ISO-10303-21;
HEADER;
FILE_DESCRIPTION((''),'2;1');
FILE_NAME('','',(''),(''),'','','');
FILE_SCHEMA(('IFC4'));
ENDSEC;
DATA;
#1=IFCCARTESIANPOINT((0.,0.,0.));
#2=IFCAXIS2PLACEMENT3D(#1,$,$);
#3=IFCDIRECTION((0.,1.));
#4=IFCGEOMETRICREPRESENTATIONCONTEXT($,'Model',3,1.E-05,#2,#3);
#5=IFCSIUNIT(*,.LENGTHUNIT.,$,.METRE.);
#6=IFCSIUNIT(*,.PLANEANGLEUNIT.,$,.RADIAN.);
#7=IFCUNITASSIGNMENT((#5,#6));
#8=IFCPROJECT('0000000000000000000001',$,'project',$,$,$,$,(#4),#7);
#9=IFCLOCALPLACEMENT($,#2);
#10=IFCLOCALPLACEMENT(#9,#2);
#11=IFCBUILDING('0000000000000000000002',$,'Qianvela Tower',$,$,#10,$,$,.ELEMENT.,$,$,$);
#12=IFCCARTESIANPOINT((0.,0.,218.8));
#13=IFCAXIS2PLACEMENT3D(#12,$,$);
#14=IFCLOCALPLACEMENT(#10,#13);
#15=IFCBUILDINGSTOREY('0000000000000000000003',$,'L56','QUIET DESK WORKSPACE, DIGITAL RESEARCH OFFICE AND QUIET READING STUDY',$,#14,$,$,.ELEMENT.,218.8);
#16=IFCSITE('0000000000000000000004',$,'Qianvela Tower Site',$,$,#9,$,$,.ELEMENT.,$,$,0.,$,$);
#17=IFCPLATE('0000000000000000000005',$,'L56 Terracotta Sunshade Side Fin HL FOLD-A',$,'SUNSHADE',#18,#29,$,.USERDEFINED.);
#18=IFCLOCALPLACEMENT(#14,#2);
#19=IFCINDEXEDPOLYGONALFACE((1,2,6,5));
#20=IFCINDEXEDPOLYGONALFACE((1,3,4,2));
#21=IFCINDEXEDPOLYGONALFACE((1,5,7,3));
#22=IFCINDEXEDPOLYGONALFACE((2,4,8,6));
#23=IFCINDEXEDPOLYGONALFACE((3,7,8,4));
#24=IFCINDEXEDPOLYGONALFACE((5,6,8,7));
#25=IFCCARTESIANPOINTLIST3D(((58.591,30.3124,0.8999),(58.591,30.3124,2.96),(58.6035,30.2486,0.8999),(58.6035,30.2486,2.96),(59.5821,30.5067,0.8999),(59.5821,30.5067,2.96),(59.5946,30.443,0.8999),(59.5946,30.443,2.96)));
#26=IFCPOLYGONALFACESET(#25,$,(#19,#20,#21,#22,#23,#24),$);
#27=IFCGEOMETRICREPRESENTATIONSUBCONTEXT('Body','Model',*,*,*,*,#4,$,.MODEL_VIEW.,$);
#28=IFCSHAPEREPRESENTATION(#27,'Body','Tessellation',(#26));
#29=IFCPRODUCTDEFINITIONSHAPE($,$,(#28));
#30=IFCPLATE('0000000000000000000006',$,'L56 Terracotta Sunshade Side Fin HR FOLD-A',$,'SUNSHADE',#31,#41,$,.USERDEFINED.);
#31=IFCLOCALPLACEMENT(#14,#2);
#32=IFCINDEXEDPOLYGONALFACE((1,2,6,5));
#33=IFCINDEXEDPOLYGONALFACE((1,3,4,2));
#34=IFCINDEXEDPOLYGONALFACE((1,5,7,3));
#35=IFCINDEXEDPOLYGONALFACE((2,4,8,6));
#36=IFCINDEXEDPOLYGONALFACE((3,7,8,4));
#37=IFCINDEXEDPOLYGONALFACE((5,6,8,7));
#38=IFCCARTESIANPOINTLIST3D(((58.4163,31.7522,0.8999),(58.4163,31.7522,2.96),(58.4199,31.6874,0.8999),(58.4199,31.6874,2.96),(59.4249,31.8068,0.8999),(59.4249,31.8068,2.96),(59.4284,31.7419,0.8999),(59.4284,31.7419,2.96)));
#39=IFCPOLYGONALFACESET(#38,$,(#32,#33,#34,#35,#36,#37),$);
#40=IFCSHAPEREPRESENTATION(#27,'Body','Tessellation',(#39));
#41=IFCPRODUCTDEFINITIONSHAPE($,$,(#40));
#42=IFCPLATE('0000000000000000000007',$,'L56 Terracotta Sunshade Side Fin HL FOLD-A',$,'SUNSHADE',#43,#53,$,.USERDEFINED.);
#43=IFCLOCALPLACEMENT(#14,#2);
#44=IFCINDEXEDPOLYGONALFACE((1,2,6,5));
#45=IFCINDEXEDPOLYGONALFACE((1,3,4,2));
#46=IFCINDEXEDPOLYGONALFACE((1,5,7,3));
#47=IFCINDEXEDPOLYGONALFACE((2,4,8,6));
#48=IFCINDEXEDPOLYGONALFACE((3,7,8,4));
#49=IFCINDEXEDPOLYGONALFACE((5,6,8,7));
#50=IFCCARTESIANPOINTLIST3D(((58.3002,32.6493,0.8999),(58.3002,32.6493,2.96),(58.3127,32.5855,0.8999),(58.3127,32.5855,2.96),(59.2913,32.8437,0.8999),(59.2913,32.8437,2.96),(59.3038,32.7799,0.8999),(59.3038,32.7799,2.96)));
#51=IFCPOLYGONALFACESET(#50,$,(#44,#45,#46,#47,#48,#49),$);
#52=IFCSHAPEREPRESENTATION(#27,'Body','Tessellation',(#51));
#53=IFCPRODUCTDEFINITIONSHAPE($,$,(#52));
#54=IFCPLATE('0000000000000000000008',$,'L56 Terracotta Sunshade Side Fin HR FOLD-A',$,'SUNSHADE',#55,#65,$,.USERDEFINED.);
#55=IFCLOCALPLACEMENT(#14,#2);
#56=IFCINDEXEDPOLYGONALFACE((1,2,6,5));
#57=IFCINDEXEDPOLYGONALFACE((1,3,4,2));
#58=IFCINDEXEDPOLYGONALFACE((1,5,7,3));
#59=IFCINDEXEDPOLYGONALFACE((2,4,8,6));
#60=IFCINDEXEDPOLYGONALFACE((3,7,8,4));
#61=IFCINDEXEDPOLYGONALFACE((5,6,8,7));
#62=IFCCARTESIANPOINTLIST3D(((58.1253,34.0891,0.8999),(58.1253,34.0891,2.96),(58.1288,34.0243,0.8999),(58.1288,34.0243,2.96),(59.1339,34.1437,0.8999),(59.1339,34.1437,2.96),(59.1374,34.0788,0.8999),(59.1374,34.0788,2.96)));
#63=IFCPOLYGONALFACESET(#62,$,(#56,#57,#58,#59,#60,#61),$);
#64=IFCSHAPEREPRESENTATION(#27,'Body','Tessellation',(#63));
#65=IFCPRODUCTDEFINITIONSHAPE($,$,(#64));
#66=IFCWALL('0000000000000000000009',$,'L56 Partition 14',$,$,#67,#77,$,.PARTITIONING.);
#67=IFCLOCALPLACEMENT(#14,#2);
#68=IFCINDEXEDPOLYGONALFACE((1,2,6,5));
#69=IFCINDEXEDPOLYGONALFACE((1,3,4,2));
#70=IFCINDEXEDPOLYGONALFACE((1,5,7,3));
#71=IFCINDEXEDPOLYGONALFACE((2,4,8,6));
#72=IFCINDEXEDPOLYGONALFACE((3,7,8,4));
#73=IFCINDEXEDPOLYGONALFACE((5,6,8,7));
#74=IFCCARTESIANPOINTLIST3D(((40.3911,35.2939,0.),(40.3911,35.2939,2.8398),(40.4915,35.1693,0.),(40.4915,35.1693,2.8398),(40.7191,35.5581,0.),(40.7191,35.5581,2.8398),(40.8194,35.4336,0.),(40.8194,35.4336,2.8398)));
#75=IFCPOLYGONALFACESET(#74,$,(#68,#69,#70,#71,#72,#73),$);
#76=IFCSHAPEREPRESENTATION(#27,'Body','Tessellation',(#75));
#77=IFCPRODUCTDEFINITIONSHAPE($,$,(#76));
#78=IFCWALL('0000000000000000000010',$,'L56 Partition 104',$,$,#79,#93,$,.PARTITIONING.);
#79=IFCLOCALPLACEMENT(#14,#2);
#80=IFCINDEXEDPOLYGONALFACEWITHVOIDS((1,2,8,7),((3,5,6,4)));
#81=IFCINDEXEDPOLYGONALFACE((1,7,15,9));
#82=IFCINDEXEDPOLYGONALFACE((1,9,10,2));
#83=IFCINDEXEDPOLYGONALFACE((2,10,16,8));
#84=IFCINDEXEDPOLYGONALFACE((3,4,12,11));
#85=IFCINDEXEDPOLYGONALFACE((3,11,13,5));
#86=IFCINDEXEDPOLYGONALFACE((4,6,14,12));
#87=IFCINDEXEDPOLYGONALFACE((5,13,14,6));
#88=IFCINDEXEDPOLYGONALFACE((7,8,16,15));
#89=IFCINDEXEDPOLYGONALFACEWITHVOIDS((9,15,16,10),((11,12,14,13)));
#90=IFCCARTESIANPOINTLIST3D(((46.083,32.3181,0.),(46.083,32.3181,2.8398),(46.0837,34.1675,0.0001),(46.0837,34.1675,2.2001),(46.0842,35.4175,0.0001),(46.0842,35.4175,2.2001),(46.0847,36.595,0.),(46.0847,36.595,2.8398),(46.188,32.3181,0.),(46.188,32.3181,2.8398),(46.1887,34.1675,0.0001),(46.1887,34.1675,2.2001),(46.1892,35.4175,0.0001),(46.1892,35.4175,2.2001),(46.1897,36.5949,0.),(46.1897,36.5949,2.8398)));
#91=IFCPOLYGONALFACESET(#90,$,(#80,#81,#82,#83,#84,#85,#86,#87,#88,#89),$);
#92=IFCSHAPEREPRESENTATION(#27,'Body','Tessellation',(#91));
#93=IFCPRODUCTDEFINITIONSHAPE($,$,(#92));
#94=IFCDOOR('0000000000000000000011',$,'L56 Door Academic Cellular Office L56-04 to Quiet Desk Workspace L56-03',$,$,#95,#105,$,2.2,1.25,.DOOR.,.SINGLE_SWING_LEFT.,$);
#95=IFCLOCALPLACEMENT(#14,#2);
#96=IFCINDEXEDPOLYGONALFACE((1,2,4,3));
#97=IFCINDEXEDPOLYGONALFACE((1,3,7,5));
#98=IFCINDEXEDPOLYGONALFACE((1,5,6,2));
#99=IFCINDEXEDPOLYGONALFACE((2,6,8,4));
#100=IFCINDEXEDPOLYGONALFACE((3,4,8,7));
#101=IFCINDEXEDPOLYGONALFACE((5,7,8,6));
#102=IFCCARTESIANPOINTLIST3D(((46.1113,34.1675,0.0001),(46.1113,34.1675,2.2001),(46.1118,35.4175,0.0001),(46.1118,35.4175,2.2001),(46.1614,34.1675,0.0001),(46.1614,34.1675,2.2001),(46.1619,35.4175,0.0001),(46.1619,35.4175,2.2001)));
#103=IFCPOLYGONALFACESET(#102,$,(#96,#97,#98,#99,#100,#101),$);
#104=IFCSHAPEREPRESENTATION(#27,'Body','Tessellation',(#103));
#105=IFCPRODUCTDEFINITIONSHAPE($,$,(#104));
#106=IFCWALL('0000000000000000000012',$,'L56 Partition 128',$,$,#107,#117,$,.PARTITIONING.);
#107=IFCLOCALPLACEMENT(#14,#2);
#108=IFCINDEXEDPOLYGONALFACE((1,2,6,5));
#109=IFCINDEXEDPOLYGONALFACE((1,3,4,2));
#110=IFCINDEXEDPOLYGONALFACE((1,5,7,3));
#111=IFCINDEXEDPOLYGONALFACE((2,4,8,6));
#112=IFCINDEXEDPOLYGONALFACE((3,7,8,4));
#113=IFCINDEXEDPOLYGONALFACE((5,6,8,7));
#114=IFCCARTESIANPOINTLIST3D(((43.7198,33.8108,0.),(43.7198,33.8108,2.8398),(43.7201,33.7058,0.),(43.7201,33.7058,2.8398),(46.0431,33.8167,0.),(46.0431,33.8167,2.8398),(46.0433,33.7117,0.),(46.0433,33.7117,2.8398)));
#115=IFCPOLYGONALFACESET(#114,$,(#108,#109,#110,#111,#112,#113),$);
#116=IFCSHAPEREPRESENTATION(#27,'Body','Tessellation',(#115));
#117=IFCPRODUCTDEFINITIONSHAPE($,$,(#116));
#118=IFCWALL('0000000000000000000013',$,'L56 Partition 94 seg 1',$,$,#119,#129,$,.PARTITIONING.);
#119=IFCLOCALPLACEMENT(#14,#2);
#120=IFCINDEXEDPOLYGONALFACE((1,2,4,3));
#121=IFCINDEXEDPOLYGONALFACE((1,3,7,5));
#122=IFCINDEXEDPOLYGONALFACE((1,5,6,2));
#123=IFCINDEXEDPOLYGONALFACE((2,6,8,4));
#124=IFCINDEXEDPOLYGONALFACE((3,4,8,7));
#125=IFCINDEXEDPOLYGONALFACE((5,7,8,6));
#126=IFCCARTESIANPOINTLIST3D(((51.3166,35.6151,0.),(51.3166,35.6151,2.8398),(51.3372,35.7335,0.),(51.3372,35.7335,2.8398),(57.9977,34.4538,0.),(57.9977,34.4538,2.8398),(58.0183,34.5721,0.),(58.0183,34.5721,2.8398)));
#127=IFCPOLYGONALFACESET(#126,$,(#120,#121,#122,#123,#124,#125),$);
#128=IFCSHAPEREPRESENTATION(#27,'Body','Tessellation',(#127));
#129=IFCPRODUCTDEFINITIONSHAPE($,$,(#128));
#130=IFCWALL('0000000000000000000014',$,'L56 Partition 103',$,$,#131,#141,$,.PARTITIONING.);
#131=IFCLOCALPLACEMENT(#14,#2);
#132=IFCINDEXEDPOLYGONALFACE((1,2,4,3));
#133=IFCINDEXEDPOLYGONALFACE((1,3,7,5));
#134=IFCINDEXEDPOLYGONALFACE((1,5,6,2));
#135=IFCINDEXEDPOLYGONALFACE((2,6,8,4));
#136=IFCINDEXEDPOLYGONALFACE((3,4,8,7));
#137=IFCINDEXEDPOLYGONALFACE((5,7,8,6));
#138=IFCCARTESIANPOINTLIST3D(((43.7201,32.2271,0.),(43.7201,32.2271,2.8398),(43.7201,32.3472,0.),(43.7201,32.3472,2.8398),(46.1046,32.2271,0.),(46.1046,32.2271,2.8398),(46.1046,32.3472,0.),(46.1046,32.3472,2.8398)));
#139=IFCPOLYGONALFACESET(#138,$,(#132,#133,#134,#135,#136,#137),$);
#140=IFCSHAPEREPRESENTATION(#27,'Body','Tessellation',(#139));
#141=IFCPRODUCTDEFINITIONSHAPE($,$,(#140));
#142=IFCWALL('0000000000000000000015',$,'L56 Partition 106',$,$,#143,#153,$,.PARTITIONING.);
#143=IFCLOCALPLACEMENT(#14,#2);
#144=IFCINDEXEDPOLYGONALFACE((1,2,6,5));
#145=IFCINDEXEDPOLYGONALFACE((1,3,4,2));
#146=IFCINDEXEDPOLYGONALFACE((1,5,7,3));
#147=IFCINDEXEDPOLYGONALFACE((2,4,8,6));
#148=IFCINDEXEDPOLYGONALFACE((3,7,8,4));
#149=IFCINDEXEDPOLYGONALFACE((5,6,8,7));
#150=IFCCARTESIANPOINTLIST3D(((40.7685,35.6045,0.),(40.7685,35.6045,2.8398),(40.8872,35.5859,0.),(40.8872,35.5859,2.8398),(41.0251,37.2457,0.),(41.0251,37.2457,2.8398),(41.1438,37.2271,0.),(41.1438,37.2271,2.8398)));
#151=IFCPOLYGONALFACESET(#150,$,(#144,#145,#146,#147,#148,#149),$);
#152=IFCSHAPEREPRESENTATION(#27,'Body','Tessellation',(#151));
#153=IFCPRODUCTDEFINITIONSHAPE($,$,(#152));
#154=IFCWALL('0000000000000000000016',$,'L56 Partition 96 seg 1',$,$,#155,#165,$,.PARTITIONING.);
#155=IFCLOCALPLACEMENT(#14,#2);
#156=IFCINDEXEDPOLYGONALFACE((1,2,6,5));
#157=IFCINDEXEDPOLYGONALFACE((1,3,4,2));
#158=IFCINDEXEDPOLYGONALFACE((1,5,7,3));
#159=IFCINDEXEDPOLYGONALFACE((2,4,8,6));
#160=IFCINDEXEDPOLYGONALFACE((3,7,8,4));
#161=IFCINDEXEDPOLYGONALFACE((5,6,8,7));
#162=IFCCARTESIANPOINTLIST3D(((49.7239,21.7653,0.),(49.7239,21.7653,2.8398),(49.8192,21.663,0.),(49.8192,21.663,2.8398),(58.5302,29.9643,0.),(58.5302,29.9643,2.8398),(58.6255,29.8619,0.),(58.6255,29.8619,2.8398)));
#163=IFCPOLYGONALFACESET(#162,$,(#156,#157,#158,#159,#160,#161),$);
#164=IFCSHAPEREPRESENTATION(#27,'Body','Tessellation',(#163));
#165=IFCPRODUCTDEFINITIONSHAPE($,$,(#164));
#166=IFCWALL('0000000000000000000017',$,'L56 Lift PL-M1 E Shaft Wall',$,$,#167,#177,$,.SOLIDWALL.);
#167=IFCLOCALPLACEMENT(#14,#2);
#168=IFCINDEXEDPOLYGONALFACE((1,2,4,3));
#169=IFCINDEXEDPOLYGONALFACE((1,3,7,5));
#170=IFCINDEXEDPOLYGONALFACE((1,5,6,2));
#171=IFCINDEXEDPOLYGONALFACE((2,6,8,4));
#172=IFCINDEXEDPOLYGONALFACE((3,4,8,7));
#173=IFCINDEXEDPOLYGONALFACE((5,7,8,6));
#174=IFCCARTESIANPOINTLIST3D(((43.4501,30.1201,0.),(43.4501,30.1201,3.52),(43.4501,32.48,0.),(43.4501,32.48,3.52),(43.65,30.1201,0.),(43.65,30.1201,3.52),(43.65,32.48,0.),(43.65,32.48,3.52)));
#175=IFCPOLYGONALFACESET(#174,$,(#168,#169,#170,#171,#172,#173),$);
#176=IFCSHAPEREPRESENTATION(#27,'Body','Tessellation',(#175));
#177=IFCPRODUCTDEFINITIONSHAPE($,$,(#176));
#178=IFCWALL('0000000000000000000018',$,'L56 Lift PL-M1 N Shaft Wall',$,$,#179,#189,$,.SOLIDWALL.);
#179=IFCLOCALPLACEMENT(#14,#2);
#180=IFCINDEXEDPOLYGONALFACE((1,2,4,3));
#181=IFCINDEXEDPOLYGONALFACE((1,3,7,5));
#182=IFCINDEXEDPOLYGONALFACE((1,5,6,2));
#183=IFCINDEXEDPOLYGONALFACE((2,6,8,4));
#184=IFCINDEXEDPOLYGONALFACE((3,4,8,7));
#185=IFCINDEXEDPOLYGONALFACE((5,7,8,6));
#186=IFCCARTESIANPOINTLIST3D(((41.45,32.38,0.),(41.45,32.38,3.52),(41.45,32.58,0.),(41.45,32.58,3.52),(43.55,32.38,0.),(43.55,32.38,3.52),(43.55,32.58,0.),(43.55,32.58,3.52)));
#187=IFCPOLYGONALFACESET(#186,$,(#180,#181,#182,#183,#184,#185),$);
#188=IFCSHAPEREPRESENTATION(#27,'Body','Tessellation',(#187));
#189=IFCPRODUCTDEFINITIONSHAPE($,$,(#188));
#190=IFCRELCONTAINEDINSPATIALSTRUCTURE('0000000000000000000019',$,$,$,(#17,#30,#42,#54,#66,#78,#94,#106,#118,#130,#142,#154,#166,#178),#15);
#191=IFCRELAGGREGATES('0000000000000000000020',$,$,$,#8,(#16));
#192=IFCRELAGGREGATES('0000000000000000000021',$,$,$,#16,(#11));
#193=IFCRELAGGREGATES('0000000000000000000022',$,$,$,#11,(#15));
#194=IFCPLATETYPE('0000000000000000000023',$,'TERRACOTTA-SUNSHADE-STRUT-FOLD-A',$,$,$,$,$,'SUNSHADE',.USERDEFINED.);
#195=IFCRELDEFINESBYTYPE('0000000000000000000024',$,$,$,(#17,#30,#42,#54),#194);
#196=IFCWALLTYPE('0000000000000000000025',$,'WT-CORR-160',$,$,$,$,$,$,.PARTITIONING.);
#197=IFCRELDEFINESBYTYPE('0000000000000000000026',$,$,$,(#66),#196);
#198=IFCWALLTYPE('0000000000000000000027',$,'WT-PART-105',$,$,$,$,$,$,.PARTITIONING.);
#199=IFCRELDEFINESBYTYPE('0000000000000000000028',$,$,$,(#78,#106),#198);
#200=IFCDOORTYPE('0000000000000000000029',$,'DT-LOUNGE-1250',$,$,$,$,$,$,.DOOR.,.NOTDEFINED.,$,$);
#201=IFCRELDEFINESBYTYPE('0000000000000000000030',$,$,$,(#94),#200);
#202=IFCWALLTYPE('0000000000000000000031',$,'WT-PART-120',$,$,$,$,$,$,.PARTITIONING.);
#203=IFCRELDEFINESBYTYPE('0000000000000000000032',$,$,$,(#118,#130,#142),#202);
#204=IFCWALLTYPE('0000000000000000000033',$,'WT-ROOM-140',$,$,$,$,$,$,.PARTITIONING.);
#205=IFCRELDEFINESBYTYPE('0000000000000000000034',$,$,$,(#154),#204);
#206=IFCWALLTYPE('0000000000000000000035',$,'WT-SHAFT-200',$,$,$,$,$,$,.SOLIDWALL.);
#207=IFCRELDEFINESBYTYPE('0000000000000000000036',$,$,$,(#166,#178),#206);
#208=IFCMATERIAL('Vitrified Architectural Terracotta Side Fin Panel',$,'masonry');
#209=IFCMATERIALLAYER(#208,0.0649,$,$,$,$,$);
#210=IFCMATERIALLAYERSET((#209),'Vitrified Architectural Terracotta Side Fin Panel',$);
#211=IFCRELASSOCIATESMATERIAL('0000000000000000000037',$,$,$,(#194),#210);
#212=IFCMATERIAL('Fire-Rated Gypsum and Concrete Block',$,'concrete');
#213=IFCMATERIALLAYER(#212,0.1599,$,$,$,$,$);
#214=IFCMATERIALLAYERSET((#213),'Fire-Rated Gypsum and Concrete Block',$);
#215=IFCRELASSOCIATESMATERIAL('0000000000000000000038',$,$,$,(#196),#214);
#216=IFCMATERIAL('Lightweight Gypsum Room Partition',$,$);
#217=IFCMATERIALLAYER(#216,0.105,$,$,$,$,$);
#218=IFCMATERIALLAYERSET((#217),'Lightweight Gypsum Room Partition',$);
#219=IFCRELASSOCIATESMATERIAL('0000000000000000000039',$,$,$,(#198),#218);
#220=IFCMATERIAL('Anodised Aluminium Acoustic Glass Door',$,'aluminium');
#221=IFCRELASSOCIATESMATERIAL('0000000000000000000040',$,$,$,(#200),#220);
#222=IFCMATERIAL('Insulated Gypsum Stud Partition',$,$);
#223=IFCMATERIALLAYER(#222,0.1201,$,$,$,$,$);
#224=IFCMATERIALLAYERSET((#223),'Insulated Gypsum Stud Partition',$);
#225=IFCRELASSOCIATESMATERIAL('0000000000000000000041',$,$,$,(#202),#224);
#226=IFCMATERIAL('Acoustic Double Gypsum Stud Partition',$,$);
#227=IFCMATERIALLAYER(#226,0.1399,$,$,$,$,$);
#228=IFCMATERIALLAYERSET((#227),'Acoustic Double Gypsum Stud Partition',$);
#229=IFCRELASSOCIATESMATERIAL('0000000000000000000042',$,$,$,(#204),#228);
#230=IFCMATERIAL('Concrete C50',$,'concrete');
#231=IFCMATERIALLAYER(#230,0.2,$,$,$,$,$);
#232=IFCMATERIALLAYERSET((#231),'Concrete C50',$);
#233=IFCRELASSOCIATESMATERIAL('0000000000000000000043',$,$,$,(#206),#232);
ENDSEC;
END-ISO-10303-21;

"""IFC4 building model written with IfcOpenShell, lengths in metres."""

from ifc_helpers import new_model, si_unit, direction, frame, frame_2d, origin, origin_2d, place, context, subcontext, project, spatial, rectangle, extrude, material, layer, layer_set, type_object, element, fill, save


model = new_model("IFC4")

# Units and contexts
model_context = context("Model", 3, precision=1e-05, world=origin(), true_north=direction((0.0, 1.0)))
body_context = subcontext(model_context, "Body", "Model", "MODEL_VIEW")
ifc_project = project(units=[si_unit("LENGTHUNIT", "METRE"), si_unit("PLANEANGLEUNIT", "RADIAN")], contexts=[model_context])

# Site, building, storey
site_placement = place(None, origin())
site = spatial("IfcSite", under=ifc_project, at=site_placement, Name="Qianvela Tower Site", CompositionType="ELEMENT", RefElevation=0.0)
building_placement = place(site_placement, origin())
building = spatial("IfcBuilding", under=site, at=building_placement, Name="Qianvela Tower", CompositionType="ELEMENT")
storey_placement = place(building_placement, frame((0.0, 0.0, 218.8)))
storey = spatial("IfcBuildingStorey", under=building, at=storey_placement, Name="L56", Description="QUIET DESK WORKSPACE, DIGITAL RESEARCH OFFICE AND QUIET READING STUDY", CompositionType="ELEMENT", Elevation=218.8)

# Plates
ifc_material_1 = material(Name="Vitrified Architectural Terracotta Side Fin Panel", Category="masonry")
ifc_layer_1 = layer(ifc_material_1, 0.0649)
ifc_layer_set_1 = layer_set([ifc_layer_1], Name="Vitrified Architectural Terracotta Side Fin Panel")
plate_type_1 = type_object("IfcPlateType", Name="TERRACOTTA-SUNSHADE-STRUT-FOLD-A", ElementType="SUNSHADE", PredefinedType="USERDEFINED", material=ifc_layer_set_1)
for number, where, z_axis, x_axis, name in (
    (1, (59.0928, 30.3777, 0.8999), (0.0, 0.0, 1.0), (-0.192469, 0.981303, 0.0), "L56 Terracotta Sunshade Side Fin HL FOLD-A"),
    (2, (58.9224, 31.7471, 0.8999), (0.0, 0.0, 1.0), (-0.054025, 0.99854, 0.0), "L56 Terracotta Sunshade Side Fin HR FOLD-A"),
    (3, (58.802, 32.7146, 0.8999), (0.0, 0.0, 1.0), (-0.192469, 0.981303, 0.0), "L56 Terracotta Sunshade Side Fin HL FOLD-A"),
    (4, (58.6313, 34.084, 0.8999), (0.0, 0.0, 1.0), (-0.054025, 0.99854, 0.0), "L56 Terracotta Sunshade Side Fin HR FOLD-A"),
):
    element("IfcPlate", number, at=place(storey_placement, frame(where, z_axis=z_axis, x_axis=x_axis)), inside=storey, type_object=plate_type_1, Name=name, ObjectType="SUNSHADE", PredefinedType="USERDEFINED", context=body_context, shape_type="SweptSolid", body=[
        extrude(rectangle(XDim=0.0649, YDim=1.01, at=origin_2d()), origin(), (0.0, 0.0, 1.0), 2.0601),
    ])

# Wall
ifc_material_2 = material(Name="Fire-Rated Gypsum and Concrete Block", Category="concrete")
ifc_layer_2 = layer(ifc_material_2, 0.1599)
ifc_layer_set_2 = layer_set([ifc_layer_2], Name="Fire-Rated Gypsum and Concrete Block")
wall_type_1 = type_object("IfcWallType", Name="WT-CORR-160", PredefinedType="PARTITIONING", material=ifc_layer_set_2)
wall_1_placement = place(storey_placement, frame((40.4414, 35.2317, 0.0), z_axis=(0.0, 0.0, 1.0), x_axis=(0.778715, 0.627378, 0.0)))
element("IfcWall", 5, at=wall_1_placement, inside=storey, type_object=wall_type_1, Name="L56 Partition 14", PredefinedType="PARTITIONING", context=body_context, shape_type="SweptSolid", body=[
    extrude(rectangle(XDim=0.4211, YDim=0.1599, at=frame_2d((0.2104, 0.0))), origin(), (0.0, 0.0, 1.0), 2.8398),
])

# Wall, opening, door
ifc_material_3 = material(Name="Lightweight Gypsum Room Partition")
ifc_layer_3 = layer(ifc_material_3, 0.105)
ifc_layer_set_3 = layer_set([ifc_layer_3], Name="Lightweight Gypsum Room Partition")
wall_type_2 = type_object("IfcWallType", Name="WT-PART-105", PredefinedType="PARTITIONING", material=ifc_layer_set_3)
wall_2_placement = place(storey_placement, frame((46.1355, 32.3181, 0.0), z_axis=(0.0, 0.0, 1.0), x_axis=(0.0004, 1.0, 0.0)))
wall_2 = element("IfcWall", 6, at=wall_2_placement, inside=storey, type_object=wall_type_2, Name="L56 Partition 104", PredefinedType="PARTITIONING", context=body_context, shape_type="SweptSolid", body=[
    extrude(rectangle(XDim=4.2769, YDim=0.105, at=frame_2d((2.1384, 0.0))), origin(), (0.0, 0.0, 1.0), 2.8398),
])
opening_1_placement = place(wall_2_placement, frame((1.8494, 0.0, 0.0)))
opening_1 = element("IfcOpeningElement", 7, at=opening_1_placement, cuts=wall_2, PredefinedType="OPENING", context=body_context, shape_type="SweptSolid", body=[
    extrude(rectangle(XDim=1.25, YDim=2.2, at=frame_2d((0.625, 1.1001))), frame((0.0, 0.0625, 0.0), z_axis=(0.0, -1.0, 0.0), x_axis=(1.0, 0.0, 0.0)), (0.0, 0.0, 1.0), 0.125),
])
ifc_material_4 = material(Name="Anodised Aluminium Acoustic Glass Door", Category="aluminium")
door_type_1 = type_object("IfcDoorType", Name="DT-LOUNGE-1250", OperationType="NOTDEFINED", PredefinedType="DOOR", material=ifc_material_4)
door_1_placement = place(opening_1_placement, origin())
door_1 = element("IfcDoor", 8, at=door_1_placement, inside=storey, type_object=door_type_1, Name="L56 Door Academic Cellular Office L56-04 to Quiet Desk Workspace L56-03", OperationType="SINGLE_SWING_LEFT", OverallHeight=2.2, OverallWidth=1.25, PredefinedType="DOOR", context=body_context, shape_type="SweptSolid", body=[
    extrude(rectangle(XDim=1.25, YDim=2.2, at=frame_2d((0.625, 1.1001))), frame((0.0, 0.0249, 0.0), z_axis=(0.0, -1.0, 0.0), x_axis=(1.0, 0.0, 0.0)), (0.0, 0.0, 1.0), 0.05),
])
fill(opening_1, door_1)

# Walls
wall_3_placement = place(storey_placement, frame((46.0432, 33.7642, 0.0), z_axis=(0.0, 0.0, 1.0), x_axis=(-0.999997, -0.002522, 0.0)))
element("IfcWall", 9, at=wall_3_placement, inside=storey, type_object=wall_type_2, Name="L56 Partition 128", PredefinedType="PARTITIONING", context=body_context, shape_type="SweptSolid", body=[
    extrude(rectangle(XDim=2.3232, YDim=0.105, at=frame_2d((1.1616, 0.0))), origin(), (0.0, 0.0, 1.0), 2.8398),
])
ifc_material_5 = material(Name="Insulated Gypsum Stud Partition")
ifc_layer_4 = layer(ifc_material_5, 0.1201)
ifc_layer_set_4 = layer_set([ifc_layer_4], Name="Insulated Gypsum Stud Partition")
wall_type_3 = type_object("IfcWallType", Name="WT-PART-120", PredefinedType="PARTITIONING", material=ifc_layer_set_4)
wall_4_placement = place(storey_placement, frame((51.3269, 35.6743, 0.0), z_axis=(0.0, 0.0, 1.0), x_axis=(0.985226, -0.171261, 0.0)))
element("IfcWall", 10, at=wall_4_placement, inside=storey, type_object=wall_type_3, Name="L56 Partition 94 seg 1", PredefinedType="PARTITIONING", context=body_context, shape_type="SweptSolid", body=[
    extrude(rectangle(XDim=6.7812, YDim=0.1201, at=frame_2d((3.3906, 0.0))), origin(), (0.0, 0.0, 1.0), 2.8398),
])
wall_5_placement = place(storey_placement, frame((43.72, 32.2871, 0.0), z_axis=(0.0, 0.0, 1.0), x_axis=(1.0, 0.0, 0.0)))
element("IfcWall", 11, at=wall_5_placement, inside=storey, type_object=wall_type_3, Name="L56 Partition 103", PredefinedType="PARTITIONING", context=body_context, shape_type="SweptSolid", body=[
    extrude(rectangle(XDim=2.3845, YDim=0.1201, at=frame_2d((1.1924, 0.0))), origin(), (0.0, 0.0, 1.0), 2.8398),
])
wall_6_placement = place(storey_placement, frame((40.8279, 35.5952, 0.0), z_axis=(0.0, 0.0, 1.0), x_axis=(0.154476, 0.987997, 0.0)))
element("IfcWall", 12, at=wall_6_placement, inside=storey, type_object=wall_type_3, Name="L56 Partition 106", PredefinedType="PARTITIONING", context=body_context, shape_type="SweptSolid", body=[
    extrude(rectangle(XDim=1.6611, YDim=0.1201, at=frame_2d((0.8306, 0.0))), origin(), (0.0, 0.0, 1.0), 2.8398),
])
ifc_material_6 = material(Name="Acoustic Double Gypsum Stud Partition")
ifc_layer_5 = layer(ifc_material_6, 0.1399)
ifc_layer_set_5 = layer_set([ifc_layer_5], Name="Acoustic Double Gypsum Stud Partition")
wall_type_4 = type_object("IfcWallType", Name="WT-ROOM-140", PredefinedType="PARTITIONING", material=ifc_layer_set_5)
wall_7_placement = place(storey_placement, frame((58.5779, 29.9131, 0.0), z_axis=(0.0, 0.0, 1.0), x_axis=(-0.731897, -0.681415, 0.0)))
element("IfcWall", 13, at=wall_7_placement, inside=storey, type_object=wall_type_4, Name="L56 Partition 96 seg 1", PredefinedType="PARTITIONING", context=body_context, shape_type="SweptSolid", body=[
    extrude(rectangle(XDim=12.0322, YDim=0.1399, at=frame_2d((6.0161, 0.0))), origin(), (0.0, 0.0, 1.0), 2.8398),
])
ifc_material_7 = material(Name="Concrete C50", Category="concrete")
ifc_layer_6 = layer(ifc_material_7, 0.2)
ifc_layer_set_6 = layer_set([ifc_layer_6], Name="Concrete C50")
wall_type_5 = type_object("IfcWallType", Name="WT-SHAFT-200", PredefinedType="SOLIDWALL", material=ifc_layer_set_6)
wall_8_placement = place(storey_placement, frame((43.55, 30.1201, 0.0), z_axis=(0.0, 0.0, 1.0), x_axis=(0.0, 1.0, 0.0)))
element("IfcWall", 14, at=wall_8_placement, inside=storey, type_object=wall_type_5, Name="L56 Lift PL-M1 E Shaft Wall", PredefinedType="SOLIDWALL", context=body_context, shape_type="SweptSolid", body=[
    extrude(rectangle(XDim=2.3599, YDim=0.2, at=frame_2d((1.1799, 0.0))), origin(), (0.0, 0.0, 1.0), 3.52),
])

# Wall
for number, where, z_axis, x_axis, name in (
    (15, (41.45, 32.48, 0.0), (0.0, 0.0, 1.0), (1.0, 0.0, 0.0), "L56 Lift PL-M1 N Shaft Wall"),
):
    element("IfcWall", number, at=place(storey_placement, frame(where, z_axis=z_axis, x_axis=x_axis)), inside=storey, type_object=wall_type_5, Name=name, PredefinedType="SOLIDWALL", context=body_context, shape_type="SweptSolid", body=[
        extrude(rectangle(XDim=2.1001, YDim=0.2, at=frame_2d((1.05, 0.0))), origin(), (0.0, 0.0, 1.0), 3.52),
    ])

save(model, "model.ifc")
